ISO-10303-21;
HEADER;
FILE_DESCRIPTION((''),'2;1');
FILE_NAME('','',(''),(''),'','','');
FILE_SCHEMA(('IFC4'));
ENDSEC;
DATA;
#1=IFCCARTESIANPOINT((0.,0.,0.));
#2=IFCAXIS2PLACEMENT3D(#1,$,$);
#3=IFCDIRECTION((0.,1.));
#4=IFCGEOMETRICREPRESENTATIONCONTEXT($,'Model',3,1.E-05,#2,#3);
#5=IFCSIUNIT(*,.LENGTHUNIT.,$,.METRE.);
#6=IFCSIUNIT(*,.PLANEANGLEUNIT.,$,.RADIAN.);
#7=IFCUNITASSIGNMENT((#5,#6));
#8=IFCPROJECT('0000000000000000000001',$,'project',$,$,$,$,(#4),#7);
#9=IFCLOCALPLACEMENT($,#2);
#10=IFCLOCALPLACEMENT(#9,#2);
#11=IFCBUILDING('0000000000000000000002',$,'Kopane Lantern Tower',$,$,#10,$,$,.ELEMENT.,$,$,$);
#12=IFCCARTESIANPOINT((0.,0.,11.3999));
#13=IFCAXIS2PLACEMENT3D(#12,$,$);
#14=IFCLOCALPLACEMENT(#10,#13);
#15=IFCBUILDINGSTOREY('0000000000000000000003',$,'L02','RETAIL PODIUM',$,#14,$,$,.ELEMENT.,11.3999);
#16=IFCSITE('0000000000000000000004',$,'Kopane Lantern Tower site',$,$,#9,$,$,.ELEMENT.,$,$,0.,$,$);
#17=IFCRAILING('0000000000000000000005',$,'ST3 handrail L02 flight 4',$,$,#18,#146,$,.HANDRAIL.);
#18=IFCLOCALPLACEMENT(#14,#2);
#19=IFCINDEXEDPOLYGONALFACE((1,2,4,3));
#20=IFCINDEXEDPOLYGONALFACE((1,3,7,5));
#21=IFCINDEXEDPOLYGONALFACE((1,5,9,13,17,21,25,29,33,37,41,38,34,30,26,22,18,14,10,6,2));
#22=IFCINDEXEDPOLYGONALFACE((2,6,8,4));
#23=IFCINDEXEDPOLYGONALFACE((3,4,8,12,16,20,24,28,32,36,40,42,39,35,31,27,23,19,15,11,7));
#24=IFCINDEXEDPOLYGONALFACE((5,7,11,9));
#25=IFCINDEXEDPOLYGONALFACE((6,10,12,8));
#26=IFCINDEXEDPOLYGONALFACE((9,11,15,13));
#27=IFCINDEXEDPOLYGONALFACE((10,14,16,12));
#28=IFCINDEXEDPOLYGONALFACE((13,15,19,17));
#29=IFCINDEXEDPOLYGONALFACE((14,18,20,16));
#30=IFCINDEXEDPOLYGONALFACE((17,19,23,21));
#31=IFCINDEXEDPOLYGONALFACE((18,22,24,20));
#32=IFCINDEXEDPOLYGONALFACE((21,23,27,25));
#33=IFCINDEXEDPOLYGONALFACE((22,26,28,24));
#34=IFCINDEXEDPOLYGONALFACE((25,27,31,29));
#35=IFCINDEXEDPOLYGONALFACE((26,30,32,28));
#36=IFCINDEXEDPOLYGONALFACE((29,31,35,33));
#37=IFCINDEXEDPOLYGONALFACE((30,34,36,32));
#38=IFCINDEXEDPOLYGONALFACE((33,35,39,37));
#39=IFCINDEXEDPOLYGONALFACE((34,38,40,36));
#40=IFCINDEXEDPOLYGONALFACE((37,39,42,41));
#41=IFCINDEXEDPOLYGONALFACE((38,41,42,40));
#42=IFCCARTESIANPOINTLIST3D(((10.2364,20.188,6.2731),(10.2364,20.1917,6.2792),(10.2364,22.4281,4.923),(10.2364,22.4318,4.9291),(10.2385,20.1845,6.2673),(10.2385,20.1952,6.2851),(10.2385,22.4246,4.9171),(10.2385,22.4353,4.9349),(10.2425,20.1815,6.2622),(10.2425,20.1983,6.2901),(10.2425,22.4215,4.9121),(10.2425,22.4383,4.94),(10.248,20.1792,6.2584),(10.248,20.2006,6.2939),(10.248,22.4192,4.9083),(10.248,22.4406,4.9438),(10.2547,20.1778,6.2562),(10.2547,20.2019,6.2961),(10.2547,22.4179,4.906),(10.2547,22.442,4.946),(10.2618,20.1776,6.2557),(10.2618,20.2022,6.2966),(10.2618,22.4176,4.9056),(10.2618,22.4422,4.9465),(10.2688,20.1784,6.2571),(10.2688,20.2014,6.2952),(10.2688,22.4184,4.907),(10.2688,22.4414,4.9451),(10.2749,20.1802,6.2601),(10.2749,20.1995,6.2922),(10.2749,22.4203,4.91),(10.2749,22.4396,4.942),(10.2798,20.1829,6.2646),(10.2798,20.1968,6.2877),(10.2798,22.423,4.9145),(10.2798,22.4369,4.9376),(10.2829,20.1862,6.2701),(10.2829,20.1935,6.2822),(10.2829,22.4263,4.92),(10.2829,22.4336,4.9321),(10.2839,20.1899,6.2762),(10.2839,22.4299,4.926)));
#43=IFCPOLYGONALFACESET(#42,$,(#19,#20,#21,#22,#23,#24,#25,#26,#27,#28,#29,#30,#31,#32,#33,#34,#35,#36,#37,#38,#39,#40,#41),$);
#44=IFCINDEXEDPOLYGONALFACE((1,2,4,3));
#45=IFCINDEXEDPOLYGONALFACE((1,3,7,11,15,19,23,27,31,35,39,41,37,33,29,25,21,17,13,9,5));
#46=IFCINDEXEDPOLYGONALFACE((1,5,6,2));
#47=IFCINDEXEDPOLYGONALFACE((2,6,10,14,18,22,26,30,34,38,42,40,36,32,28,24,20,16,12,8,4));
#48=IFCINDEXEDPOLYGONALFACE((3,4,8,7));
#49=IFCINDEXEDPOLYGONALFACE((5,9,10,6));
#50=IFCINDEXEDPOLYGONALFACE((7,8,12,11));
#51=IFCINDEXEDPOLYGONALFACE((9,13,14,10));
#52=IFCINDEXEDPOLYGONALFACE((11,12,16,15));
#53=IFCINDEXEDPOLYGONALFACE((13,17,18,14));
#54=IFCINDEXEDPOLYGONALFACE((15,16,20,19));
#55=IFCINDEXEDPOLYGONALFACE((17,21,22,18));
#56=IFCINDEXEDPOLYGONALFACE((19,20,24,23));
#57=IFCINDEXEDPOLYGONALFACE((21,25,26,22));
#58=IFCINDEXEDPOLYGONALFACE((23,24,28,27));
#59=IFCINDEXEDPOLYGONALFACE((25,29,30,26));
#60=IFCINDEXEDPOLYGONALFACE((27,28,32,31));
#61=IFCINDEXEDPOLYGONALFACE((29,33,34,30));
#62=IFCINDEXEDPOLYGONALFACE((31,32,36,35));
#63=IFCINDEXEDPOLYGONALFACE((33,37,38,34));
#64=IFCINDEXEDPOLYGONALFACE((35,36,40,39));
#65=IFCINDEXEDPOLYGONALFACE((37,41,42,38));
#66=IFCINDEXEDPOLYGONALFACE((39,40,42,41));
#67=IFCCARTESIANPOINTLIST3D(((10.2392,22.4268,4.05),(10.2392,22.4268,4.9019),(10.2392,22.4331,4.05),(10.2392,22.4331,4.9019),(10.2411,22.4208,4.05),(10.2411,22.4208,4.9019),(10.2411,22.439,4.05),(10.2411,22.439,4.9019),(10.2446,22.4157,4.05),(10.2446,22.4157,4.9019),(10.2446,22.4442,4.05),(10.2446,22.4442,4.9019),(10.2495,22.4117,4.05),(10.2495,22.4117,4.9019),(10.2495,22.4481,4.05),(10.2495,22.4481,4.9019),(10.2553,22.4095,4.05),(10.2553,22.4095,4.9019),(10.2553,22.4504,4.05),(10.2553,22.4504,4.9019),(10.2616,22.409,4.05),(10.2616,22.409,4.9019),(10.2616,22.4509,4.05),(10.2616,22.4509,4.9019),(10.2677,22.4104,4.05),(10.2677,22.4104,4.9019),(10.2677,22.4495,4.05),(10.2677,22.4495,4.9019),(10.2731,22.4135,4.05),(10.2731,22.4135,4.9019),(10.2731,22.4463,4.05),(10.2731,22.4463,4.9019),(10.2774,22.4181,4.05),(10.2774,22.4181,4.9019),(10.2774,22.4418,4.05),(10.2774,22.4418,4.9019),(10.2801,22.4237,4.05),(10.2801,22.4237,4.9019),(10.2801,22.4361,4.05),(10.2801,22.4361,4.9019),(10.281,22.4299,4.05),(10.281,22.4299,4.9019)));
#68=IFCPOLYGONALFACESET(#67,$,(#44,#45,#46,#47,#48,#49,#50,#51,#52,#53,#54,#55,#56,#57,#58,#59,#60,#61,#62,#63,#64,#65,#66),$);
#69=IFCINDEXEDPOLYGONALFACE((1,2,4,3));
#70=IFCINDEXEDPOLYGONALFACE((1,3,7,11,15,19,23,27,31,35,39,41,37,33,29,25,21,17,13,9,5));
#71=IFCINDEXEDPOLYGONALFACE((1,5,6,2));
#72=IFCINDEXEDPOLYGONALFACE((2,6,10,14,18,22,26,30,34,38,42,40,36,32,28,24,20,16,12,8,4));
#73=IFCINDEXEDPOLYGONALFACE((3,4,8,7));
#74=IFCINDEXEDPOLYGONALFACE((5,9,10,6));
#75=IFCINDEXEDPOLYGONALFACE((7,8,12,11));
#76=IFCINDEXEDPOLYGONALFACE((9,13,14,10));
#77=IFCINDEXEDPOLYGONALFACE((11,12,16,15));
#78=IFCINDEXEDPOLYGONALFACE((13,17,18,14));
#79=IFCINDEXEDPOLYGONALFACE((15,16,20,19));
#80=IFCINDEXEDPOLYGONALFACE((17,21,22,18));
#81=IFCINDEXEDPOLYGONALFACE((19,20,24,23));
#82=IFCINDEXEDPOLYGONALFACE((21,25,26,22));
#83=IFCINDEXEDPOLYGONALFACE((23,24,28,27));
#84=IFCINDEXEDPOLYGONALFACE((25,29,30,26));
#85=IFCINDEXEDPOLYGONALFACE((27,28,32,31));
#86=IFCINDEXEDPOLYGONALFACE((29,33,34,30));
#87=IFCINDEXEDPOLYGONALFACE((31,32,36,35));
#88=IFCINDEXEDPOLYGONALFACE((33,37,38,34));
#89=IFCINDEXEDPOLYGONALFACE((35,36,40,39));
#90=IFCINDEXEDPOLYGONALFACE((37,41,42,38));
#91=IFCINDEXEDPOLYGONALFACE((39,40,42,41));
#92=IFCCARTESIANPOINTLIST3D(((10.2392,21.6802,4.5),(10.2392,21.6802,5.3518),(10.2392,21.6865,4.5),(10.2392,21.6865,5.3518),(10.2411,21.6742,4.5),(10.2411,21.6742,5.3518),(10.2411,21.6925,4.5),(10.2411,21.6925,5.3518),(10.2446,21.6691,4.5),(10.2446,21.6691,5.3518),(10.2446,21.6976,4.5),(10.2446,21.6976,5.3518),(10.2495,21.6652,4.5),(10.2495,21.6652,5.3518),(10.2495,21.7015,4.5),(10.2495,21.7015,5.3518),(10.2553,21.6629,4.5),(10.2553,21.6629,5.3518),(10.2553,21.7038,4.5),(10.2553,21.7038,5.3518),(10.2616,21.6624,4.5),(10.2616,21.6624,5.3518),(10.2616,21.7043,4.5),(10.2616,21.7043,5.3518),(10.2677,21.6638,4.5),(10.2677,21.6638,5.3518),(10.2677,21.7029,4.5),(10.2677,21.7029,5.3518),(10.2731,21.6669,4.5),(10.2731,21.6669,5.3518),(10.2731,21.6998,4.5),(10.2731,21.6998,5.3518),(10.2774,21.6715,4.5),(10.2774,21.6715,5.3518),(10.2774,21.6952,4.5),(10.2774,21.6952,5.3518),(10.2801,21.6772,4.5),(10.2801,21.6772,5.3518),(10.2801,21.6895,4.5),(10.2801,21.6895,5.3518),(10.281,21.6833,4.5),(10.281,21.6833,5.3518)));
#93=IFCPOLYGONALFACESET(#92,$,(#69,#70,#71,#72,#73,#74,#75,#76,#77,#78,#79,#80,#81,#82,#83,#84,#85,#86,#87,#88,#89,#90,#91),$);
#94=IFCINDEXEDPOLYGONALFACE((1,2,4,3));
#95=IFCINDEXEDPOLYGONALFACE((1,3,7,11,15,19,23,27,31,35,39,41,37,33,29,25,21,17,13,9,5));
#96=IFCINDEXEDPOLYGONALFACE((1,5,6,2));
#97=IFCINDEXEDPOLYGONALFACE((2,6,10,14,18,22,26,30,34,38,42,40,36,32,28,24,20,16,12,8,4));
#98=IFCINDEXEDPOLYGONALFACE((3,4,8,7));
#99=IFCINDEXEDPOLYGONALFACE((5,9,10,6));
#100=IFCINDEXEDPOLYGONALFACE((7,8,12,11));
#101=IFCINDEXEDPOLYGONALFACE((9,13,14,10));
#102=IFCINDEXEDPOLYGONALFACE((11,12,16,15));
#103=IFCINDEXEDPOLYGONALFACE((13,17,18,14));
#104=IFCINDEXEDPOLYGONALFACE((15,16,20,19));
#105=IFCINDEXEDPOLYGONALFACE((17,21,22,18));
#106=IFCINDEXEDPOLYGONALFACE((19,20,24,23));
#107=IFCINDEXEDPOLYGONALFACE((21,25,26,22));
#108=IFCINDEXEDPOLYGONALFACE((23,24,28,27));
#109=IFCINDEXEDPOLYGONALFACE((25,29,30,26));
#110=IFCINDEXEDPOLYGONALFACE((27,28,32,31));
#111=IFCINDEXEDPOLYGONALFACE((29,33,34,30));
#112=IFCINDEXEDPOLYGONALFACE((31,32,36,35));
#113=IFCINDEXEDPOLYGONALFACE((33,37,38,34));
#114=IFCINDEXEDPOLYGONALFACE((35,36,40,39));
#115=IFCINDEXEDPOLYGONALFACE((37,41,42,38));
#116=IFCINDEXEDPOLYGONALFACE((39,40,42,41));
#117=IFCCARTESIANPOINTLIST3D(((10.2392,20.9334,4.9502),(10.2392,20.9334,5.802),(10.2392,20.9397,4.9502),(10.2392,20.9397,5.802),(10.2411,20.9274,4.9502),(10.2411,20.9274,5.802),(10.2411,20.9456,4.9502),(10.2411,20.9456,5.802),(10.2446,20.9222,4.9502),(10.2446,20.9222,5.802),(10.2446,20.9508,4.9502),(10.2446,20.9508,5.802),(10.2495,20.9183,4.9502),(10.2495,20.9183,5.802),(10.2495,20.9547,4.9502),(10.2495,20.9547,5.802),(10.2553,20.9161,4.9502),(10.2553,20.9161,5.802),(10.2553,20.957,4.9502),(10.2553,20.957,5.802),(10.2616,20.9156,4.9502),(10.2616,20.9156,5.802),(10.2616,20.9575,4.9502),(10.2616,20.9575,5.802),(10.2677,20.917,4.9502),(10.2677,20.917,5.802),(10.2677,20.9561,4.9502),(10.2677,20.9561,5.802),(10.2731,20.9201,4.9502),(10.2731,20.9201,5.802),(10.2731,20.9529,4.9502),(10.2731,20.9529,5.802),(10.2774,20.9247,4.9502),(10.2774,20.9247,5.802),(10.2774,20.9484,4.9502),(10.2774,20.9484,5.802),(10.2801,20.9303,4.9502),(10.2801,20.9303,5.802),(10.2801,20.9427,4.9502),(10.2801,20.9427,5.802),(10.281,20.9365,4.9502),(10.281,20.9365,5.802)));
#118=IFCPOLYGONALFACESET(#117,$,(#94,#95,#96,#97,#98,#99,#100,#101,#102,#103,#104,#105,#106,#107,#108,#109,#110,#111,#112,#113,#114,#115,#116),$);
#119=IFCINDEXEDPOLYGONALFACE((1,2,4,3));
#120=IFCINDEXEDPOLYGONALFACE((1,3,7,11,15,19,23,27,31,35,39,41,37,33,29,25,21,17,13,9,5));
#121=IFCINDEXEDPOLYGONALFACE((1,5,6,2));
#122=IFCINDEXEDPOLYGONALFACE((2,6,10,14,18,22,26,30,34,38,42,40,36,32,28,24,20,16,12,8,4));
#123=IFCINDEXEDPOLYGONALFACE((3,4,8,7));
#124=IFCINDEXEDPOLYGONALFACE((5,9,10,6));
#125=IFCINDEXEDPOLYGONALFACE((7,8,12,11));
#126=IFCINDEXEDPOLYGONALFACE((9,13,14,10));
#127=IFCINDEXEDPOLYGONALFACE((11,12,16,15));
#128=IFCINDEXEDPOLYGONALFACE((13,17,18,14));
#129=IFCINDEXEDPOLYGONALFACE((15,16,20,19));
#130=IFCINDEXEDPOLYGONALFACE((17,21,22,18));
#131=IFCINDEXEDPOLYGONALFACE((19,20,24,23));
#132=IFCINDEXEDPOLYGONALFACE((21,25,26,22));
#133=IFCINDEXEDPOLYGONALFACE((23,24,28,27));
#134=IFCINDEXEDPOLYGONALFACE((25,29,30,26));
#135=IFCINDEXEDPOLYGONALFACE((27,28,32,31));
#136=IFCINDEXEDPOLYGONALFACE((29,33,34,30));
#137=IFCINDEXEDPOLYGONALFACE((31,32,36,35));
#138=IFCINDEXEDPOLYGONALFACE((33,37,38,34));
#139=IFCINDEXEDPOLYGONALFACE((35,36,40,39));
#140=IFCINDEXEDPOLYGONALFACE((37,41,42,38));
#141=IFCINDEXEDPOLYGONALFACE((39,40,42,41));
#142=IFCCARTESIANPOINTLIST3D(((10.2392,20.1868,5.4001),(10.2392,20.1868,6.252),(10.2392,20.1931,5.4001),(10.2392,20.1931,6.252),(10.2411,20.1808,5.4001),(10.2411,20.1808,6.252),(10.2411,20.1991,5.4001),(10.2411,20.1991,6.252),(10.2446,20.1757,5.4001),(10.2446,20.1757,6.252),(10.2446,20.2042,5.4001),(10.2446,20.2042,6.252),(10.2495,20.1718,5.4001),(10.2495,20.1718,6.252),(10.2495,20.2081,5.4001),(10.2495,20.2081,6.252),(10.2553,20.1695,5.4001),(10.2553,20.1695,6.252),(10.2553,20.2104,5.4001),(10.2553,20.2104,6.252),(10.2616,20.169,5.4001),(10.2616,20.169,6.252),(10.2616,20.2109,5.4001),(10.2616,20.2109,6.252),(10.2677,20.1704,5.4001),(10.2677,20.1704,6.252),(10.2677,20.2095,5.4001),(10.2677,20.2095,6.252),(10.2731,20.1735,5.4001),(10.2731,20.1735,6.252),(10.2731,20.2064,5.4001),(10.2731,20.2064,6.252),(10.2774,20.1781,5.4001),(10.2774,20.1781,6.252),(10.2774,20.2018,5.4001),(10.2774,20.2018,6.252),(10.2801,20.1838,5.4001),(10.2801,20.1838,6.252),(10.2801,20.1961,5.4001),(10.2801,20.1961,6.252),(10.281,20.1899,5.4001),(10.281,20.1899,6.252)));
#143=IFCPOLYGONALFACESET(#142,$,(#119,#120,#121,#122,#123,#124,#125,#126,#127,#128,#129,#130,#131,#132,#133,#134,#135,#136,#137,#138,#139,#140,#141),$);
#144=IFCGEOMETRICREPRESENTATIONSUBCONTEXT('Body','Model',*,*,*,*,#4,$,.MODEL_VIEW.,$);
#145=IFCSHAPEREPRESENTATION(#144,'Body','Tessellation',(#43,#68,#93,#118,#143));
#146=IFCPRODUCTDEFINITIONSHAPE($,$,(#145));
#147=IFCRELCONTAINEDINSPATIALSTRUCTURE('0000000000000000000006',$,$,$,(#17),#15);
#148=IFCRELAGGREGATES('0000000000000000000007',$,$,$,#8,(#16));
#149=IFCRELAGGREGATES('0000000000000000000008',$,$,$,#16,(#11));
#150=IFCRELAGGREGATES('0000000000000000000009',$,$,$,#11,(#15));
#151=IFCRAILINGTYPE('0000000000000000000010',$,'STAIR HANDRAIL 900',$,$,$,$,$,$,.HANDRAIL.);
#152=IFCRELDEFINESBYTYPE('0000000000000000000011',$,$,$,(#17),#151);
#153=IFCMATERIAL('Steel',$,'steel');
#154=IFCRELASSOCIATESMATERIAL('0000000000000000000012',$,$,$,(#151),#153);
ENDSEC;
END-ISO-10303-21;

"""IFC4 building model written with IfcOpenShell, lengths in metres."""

from ifc_helpers import new_model, si_unit, direction, frame, origin, origin_2d, place, context, subcontext, project, spatial, circle, extrude, material, type_object, element, save


model = new_model("IFC4")

# Units and contexts
model_context = context("Model", 3, precision=1e-05, world=origin(), true_north=direction((0.0, 1.0)))
body_context = subcontext(model_context, "Body", "Model", "MODEL_VIEW")
ifc_project = project(units=[si_unit("LENGTHUNIT", "METRE"), si_unit("PLANEANGLEUNIT", "RADIAN")], contexts=[model_context])

# Site, building, storey
site_placement = place(None, origin())
site = spatial("IfcSite", under=ifc_project, at=site_placement, Name="Kopane Lantern Tower site", CompositionType="ELEMENT", RefElevation=0.0)
building_placement = place(site_placement, origin())
building = spatial("IfcBuilding", under=site, at=building_placement, Name="Kopane Lantern Tower", CompositionType="ELEMENT")
storey_placement = place(building_placement, frame((0.0, 0.0, 11.3999)))
storey = spatial("IfcBuildingStorey", under=building, at=storey_placement, Name="L02", Description="RETAIL PODIUM", CompositionType="ELEMENT", Elevation=11.3999)

# Railing
ifc_material_1 = material(Name="Steel", Category="steel")
railing_type_1 = type_object("IfcRailingType", Name="STAIR HANDRAIL 900", PredefinedType="HANDRAIL", material=ifc_material_1)
for number, where, name in (
    (1, (10.26, 22.4299, 4.05), "ST3 handrail L02 flight 4"),
):
    element("IfcRailing", number, at=place(storey_placement, frame(where)), inside=storey, type_object=railing_type_1, Name=name, PredefinedType="HANDRAIL", context=body_context, shape_type="SweptSolid", body=[
        extrude(circle(Radius=0.0239, at=origin_2d()), frame((0.0, 0.0, 0.876), z_axis=(0.0, -0.856462, 0.516211), x_axis=(1.0, 0.0, 0.0)), (0.0, 0.0, 1.0), 2.6155),
        extrude(circle(Radius=0.021, at=origin_2d()), origin(), (0.0, 0.0, 1.0), 0.8518),
        extrude(circle(Radius=0.021, at=origin_2d()), frame((0.0, -0.7466, 0.45)), (0.0, 0.0, 1.0), 0.8518),
        extrude(circle(Radius=0.021, at=origin_2d()), frame((0.0, -1.4934, 0.9001)), (0.0, 0.0, 1.0), 0.8518),
        extrude(circle(Radius=0.021, at=origin_2d()), frame((0.0, -2.24, 1.3501)), (0.0, 0.0, 1.0), 0.8518),
    ])

save(model, "model.ifc")
